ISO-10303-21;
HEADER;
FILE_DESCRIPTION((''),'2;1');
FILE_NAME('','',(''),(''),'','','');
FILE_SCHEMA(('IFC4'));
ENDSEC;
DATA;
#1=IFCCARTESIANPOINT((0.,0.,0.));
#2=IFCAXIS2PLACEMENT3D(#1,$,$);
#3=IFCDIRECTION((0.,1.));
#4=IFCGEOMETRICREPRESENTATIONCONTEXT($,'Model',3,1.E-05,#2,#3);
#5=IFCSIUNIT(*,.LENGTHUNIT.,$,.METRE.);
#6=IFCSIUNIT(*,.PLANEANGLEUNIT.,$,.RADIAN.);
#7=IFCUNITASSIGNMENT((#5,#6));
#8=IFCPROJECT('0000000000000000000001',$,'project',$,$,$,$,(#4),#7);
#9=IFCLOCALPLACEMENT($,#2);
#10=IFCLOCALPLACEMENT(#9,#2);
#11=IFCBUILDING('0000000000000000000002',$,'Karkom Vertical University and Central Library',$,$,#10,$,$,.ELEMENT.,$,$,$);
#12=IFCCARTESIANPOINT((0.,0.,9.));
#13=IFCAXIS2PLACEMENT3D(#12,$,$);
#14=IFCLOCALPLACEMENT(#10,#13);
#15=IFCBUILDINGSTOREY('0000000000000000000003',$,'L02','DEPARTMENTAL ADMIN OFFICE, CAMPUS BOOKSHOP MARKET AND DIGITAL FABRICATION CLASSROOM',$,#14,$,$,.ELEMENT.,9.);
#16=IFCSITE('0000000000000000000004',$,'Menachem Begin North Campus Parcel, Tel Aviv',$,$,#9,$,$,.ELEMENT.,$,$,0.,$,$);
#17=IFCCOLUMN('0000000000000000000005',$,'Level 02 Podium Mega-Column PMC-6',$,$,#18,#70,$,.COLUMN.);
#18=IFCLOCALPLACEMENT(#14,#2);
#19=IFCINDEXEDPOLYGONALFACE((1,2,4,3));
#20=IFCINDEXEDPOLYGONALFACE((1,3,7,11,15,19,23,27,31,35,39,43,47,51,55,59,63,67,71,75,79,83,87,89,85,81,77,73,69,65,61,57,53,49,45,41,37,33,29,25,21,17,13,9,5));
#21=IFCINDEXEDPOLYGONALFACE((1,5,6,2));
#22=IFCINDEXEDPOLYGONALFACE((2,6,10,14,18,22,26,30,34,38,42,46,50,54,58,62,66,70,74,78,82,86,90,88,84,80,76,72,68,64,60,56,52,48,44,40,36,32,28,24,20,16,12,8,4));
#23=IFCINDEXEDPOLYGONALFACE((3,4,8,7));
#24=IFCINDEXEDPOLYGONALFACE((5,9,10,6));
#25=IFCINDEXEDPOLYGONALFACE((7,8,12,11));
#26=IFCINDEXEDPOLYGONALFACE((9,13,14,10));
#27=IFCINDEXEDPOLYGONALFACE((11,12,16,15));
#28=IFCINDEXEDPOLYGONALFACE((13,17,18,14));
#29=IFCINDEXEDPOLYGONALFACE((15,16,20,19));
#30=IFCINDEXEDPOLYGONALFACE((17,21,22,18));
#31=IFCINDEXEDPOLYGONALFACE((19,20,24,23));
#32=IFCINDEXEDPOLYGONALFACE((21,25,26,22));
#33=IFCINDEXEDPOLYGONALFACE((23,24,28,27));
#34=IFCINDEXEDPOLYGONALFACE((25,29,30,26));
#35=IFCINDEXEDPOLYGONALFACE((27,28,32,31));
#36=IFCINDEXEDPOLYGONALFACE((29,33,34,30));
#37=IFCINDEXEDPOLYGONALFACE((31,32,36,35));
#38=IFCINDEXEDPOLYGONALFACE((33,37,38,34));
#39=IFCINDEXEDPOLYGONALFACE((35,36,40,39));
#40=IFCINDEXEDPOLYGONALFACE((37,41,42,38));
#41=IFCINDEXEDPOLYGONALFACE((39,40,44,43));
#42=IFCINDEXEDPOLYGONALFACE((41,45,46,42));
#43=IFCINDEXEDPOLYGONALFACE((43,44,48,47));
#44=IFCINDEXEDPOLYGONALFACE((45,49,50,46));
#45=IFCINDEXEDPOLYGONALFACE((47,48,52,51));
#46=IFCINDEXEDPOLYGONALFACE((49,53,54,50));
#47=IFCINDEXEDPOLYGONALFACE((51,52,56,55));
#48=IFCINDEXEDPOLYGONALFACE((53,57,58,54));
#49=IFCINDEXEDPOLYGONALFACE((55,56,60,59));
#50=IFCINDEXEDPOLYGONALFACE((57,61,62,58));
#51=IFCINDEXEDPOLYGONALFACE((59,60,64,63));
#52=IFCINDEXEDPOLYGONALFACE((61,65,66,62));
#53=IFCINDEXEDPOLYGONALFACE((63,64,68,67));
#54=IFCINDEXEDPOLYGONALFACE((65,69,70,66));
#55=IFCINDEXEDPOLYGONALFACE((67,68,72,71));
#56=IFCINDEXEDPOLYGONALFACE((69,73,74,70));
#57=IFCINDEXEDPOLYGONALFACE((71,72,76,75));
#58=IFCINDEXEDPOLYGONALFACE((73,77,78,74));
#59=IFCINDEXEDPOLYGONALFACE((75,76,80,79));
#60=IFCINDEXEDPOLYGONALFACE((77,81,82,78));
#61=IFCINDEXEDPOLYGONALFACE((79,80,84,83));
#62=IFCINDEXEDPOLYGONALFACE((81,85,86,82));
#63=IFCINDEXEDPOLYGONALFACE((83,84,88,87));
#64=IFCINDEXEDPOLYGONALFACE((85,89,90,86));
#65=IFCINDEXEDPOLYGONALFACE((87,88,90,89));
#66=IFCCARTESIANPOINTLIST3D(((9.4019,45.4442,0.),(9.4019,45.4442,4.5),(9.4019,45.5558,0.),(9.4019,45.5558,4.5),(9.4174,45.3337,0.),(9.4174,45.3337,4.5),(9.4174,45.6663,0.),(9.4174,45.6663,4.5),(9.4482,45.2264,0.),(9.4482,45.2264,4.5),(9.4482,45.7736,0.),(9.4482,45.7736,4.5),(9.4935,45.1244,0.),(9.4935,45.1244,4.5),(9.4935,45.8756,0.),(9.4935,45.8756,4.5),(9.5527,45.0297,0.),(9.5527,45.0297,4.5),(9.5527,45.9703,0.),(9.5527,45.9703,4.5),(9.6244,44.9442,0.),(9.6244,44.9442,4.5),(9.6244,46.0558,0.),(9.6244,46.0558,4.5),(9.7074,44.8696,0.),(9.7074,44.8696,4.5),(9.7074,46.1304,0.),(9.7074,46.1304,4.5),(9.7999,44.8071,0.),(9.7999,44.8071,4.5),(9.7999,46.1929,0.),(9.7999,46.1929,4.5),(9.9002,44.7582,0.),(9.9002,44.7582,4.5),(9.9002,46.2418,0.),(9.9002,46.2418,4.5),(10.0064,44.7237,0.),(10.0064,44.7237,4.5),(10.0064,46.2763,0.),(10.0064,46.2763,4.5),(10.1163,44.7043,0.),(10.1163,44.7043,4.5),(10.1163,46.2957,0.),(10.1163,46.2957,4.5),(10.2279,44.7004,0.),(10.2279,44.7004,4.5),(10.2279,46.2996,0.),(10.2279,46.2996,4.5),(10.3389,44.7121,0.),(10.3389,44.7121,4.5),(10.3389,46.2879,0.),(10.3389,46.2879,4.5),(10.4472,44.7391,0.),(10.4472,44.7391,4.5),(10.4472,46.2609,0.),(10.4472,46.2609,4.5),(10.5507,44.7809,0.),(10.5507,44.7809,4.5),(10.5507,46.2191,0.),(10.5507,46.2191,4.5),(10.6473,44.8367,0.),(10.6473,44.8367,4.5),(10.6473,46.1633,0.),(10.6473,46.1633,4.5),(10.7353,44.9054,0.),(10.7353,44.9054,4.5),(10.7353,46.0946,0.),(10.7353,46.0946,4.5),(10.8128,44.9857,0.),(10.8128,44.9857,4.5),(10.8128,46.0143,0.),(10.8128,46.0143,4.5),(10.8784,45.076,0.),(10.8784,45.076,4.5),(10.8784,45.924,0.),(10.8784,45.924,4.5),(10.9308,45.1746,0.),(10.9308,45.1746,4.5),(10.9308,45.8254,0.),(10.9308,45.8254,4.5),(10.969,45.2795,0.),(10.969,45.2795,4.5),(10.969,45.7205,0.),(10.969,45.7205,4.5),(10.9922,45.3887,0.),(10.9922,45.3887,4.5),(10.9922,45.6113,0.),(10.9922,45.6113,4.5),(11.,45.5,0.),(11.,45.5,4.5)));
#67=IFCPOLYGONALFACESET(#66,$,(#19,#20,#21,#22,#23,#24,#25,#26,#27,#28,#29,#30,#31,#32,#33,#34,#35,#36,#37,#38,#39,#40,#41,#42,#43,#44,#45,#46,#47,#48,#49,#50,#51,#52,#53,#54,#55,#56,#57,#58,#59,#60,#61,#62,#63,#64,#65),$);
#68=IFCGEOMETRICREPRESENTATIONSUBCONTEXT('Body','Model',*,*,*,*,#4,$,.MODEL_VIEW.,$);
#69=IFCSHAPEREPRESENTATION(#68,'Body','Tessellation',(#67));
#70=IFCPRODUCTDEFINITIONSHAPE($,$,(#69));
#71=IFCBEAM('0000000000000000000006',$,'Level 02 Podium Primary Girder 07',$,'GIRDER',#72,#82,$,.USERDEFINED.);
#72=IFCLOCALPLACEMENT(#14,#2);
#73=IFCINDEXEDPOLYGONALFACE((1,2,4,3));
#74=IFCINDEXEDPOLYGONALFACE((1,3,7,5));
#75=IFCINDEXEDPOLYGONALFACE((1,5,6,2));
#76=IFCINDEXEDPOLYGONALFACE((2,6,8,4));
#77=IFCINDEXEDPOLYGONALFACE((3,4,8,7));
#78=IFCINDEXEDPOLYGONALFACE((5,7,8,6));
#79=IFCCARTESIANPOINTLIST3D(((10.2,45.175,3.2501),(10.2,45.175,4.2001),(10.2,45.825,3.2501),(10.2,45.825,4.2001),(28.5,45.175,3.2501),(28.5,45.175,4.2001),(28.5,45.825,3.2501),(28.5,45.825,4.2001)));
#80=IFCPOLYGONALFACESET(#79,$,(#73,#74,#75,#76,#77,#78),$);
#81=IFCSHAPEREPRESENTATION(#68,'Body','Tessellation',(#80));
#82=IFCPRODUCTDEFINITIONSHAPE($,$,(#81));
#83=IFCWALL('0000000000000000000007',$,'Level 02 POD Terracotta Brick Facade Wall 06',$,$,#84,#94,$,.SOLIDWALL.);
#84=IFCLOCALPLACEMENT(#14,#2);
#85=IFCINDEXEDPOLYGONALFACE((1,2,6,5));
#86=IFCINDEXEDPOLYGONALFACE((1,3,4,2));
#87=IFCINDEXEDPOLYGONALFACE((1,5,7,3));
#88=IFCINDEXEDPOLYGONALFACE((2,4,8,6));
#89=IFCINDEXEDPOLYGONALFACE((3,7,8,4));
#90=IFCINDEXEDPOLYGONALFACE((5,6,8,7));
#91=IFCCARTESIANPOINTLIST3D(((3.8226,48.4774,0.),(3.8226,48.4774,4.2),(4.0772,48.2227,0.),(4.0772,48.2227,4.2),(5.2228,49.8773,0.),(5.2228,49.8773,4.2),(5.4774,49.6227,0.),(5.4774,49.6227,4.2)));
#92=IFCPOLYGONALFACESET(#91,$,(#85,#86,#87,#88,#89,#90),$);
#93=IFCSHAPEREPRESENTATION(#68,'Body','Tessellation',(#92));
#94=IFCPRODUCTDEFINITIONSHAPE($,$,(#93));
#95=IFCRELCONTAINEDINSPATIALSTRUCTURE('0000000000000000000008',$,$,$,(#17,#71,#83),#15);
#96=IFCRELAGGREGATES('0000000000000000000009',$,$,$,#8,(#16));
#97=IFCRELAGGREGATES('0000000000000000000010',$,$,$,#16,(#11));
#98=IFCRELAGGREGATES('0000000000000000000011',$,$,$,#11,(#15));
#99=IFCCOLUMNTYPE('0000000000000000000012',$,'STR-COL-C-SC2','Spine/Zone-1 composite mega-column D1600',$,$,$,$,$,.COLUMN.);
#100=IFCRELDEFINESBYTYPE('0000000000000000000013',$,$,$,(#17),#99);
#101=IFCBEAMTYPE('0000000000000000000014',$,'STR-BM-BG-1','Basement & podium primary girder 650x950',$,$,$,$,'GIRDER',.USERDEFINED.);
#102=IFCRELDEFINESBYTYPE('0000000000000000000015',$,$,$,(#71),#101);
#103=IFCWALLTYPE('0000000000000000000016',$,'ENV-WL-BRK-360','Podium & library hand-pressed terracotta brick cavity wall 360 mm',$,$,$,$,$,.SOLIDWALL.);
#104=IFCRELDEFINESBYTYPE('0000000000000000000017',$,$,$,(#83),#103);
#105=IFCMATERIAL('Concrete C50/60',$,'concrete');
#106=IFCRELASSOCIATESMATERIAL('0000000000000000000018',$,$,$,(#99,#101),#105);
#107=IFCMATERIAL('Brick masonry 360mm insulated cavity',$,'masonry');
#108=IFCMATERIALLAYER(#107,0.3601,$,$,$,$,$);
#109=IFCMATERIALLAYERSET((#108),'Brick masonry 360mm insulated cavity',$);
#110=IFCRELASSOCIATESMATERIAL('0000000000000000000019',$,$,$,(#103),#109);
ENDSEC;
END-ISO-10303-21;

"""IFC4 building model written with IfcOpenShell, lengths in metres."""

from ifc_helpers import new_model, si_unit, direction, frame, frame_2d, origin, origin_with_axes, origin_2d, place, context, subcontext, project, spatial, rectangle, circle, extrude, source, transform, mapped, material, layer, layer_set, material_profile, profile_set, type_object, element, save


model = new_model("IFC4")

# Units and contexts
model_context = context("Model", 3, precision=1e-05, world=origin(), true_north=direction((0.0, 1.0)))
body_context = subcontext(model_context, "Body", "Model", "MODEL_VIEW")
ifc_project = project(units=[si_unit("LENGTHUNIT", "METRE"), si_unit("PLANEANGLEUNIT", "RADIAN")], contexts=[model_context])

# Site, building, storey
site_placement = place(None, origin())
site = spatial("IfcSite", under=ifc_project, at=site_placement, Name="Menachem Begin North Campus Parcel, Tel Aviv", CompositionType="ELEMENT", RefElevation=0.0)
building_placement = place(site_placement, origin())
building = spatial("IfcBuilding", under=site, at=building_placement, Name="Karkom Vertical University and Central Library", CompositionType="ELEMENT")
storey_placement = place(building_placement, frame((0.0, 0.0, 9.0)))
storey = spatial("IfcBuildingStorey", under=building, at=storey_placement, Name="L02", Description="DEPARTMENTAL ADMIN OFFICE, CAMPUS BOOKSHOP MARKET AND DIGITAL FABRICATION CLASSROOM", CompositionType="ELEMENT", Elevation=9.0)

# Column
ifc_material_1 = material(Name="Concrete C50/60", Category="concrete")
ifc_material_profile_1 = material_profile(ifc_material_1, circle(Radius=0.8, at=origin_2d()), Name="CFT-D1600")
ifc_profile_set_1 = profile_set([ifc_material_profile_1], Name="Concrete C50/60")
column_type = type_object("IfcColumnType", Name="STR-COL-C-SC2", Description="Spine/Zone-1 composite mega-column D1600", PredefinedType="COLUMN", material=ifc_profile_set_1)
shared_shape_1 = source(origin_with_axes(), body_context, "Body", "SweptSolid", [
    extrude(circle(Radius=0.8, at=origin_2d()), origin(), (0.0, 0.0, 1.0), 4.5),
])
column_placement = place(storey_placement, frame((10.2, 45.5, 0.0), z_axis=(0.0, 0.0, 1.0), x_axis=(1.0, 0.0, 0.0)))
element("IfcColumn", 1, at=column_placement, inside=storey, type_object=column_type, Name="Level 02 Podium Mega-Column PMC-6", PredefinedType="COLUMN", context=body_context, shape_type="MappedRepresentation", body=[
    mapped(shared_shape_1, transform((0.0, 0.0, 0.0), scale=1.0)),
])

# Beam
ifc_material_profile_2 = material_profile(ifc_material_1, rectangle(XDim=0.6499, YDim=0.95, at=origin_2d()), Name="RCG-650x950")
ifc_profile_set_2 = profile_set([ifc_material_profile_2], Name="Concrete C50/60")
beam_type = type_object("IfcBeamType", Name="STR-BM-BG-1", Description="Basement & podium primary girder 650x950", ElementType="GIRDER", PredefinedType="USERDEFINED", material=ifc_profile_set_2)
shared_shape_2 = source(origin_with_axes(), body_context, "Body", "SweptSolid", [
    extrude(rectangle(XDim=0.6499, YDim=0.95, at=origin_2d()), origin(), (0.0, 0.0, 1.0), 18.3),
])
beam_placement = place(storey_placement, frame((10.2, 45.5, 3.7251), z_axis=(1.0, 0.0, 0.0), x_axis=(0.0, 1.0, 0.0)))
element("IfcBeam", 2, at=beam_placement, inside=storey, type_object=beam_type, Name="Level 02 Podium Primary Girder 07", ObjectType="GIRDER", PredefinedType="USERDEFINED", context=body_context, shape_type="MappedRepresentation", body=[
    mapped(shared_shape_2, transform((0.0, 0.0, 0.0), scale=1.0)),
])

# Wall
ifc_material_2 = material(Name="Brick masonry 360mm insulated cavity", Category="masonry")
ifc_layer_1 = layer(ifc_material_2, 0.3601)
ifc_layer_set_1 = layer_set([ifc_layer_1], Name="Brick masonry 360mm insulated cavity")
wall_type_1 = type_object("IfcWallType", Name="ENV-WL-BRK-360", Description="Podium & library hand-pressed terracotta brick cavity wall 360 mm", PredefinedType="SOLIDWALL", material=ifc_layer_set_1)
wall_1_placement = place(storey_placement, frame((5.3501, 49.75, 0.0), z_axis=(0.0, 0.0, 1.0), x_axis=(-0.707168, -0.707045, 0.0)))
element("IfcWall", 3, at=wall_1_placement, inside=storey, type_object=wall_type_1, Name="Level 02 POD Terracotta Brick Facade Wall 06", PredefinedType="SOLIDWALL", context=body_context, shape_type="SweptSolid", body=[
    extrude(rectangle(XDim=1.98, YDim=0.3601, at=frame_2d((0.99, 0.0))), origin(), (0.0, 0.0, 1.0), 4.2),
])

save(model, "model.ifc")
